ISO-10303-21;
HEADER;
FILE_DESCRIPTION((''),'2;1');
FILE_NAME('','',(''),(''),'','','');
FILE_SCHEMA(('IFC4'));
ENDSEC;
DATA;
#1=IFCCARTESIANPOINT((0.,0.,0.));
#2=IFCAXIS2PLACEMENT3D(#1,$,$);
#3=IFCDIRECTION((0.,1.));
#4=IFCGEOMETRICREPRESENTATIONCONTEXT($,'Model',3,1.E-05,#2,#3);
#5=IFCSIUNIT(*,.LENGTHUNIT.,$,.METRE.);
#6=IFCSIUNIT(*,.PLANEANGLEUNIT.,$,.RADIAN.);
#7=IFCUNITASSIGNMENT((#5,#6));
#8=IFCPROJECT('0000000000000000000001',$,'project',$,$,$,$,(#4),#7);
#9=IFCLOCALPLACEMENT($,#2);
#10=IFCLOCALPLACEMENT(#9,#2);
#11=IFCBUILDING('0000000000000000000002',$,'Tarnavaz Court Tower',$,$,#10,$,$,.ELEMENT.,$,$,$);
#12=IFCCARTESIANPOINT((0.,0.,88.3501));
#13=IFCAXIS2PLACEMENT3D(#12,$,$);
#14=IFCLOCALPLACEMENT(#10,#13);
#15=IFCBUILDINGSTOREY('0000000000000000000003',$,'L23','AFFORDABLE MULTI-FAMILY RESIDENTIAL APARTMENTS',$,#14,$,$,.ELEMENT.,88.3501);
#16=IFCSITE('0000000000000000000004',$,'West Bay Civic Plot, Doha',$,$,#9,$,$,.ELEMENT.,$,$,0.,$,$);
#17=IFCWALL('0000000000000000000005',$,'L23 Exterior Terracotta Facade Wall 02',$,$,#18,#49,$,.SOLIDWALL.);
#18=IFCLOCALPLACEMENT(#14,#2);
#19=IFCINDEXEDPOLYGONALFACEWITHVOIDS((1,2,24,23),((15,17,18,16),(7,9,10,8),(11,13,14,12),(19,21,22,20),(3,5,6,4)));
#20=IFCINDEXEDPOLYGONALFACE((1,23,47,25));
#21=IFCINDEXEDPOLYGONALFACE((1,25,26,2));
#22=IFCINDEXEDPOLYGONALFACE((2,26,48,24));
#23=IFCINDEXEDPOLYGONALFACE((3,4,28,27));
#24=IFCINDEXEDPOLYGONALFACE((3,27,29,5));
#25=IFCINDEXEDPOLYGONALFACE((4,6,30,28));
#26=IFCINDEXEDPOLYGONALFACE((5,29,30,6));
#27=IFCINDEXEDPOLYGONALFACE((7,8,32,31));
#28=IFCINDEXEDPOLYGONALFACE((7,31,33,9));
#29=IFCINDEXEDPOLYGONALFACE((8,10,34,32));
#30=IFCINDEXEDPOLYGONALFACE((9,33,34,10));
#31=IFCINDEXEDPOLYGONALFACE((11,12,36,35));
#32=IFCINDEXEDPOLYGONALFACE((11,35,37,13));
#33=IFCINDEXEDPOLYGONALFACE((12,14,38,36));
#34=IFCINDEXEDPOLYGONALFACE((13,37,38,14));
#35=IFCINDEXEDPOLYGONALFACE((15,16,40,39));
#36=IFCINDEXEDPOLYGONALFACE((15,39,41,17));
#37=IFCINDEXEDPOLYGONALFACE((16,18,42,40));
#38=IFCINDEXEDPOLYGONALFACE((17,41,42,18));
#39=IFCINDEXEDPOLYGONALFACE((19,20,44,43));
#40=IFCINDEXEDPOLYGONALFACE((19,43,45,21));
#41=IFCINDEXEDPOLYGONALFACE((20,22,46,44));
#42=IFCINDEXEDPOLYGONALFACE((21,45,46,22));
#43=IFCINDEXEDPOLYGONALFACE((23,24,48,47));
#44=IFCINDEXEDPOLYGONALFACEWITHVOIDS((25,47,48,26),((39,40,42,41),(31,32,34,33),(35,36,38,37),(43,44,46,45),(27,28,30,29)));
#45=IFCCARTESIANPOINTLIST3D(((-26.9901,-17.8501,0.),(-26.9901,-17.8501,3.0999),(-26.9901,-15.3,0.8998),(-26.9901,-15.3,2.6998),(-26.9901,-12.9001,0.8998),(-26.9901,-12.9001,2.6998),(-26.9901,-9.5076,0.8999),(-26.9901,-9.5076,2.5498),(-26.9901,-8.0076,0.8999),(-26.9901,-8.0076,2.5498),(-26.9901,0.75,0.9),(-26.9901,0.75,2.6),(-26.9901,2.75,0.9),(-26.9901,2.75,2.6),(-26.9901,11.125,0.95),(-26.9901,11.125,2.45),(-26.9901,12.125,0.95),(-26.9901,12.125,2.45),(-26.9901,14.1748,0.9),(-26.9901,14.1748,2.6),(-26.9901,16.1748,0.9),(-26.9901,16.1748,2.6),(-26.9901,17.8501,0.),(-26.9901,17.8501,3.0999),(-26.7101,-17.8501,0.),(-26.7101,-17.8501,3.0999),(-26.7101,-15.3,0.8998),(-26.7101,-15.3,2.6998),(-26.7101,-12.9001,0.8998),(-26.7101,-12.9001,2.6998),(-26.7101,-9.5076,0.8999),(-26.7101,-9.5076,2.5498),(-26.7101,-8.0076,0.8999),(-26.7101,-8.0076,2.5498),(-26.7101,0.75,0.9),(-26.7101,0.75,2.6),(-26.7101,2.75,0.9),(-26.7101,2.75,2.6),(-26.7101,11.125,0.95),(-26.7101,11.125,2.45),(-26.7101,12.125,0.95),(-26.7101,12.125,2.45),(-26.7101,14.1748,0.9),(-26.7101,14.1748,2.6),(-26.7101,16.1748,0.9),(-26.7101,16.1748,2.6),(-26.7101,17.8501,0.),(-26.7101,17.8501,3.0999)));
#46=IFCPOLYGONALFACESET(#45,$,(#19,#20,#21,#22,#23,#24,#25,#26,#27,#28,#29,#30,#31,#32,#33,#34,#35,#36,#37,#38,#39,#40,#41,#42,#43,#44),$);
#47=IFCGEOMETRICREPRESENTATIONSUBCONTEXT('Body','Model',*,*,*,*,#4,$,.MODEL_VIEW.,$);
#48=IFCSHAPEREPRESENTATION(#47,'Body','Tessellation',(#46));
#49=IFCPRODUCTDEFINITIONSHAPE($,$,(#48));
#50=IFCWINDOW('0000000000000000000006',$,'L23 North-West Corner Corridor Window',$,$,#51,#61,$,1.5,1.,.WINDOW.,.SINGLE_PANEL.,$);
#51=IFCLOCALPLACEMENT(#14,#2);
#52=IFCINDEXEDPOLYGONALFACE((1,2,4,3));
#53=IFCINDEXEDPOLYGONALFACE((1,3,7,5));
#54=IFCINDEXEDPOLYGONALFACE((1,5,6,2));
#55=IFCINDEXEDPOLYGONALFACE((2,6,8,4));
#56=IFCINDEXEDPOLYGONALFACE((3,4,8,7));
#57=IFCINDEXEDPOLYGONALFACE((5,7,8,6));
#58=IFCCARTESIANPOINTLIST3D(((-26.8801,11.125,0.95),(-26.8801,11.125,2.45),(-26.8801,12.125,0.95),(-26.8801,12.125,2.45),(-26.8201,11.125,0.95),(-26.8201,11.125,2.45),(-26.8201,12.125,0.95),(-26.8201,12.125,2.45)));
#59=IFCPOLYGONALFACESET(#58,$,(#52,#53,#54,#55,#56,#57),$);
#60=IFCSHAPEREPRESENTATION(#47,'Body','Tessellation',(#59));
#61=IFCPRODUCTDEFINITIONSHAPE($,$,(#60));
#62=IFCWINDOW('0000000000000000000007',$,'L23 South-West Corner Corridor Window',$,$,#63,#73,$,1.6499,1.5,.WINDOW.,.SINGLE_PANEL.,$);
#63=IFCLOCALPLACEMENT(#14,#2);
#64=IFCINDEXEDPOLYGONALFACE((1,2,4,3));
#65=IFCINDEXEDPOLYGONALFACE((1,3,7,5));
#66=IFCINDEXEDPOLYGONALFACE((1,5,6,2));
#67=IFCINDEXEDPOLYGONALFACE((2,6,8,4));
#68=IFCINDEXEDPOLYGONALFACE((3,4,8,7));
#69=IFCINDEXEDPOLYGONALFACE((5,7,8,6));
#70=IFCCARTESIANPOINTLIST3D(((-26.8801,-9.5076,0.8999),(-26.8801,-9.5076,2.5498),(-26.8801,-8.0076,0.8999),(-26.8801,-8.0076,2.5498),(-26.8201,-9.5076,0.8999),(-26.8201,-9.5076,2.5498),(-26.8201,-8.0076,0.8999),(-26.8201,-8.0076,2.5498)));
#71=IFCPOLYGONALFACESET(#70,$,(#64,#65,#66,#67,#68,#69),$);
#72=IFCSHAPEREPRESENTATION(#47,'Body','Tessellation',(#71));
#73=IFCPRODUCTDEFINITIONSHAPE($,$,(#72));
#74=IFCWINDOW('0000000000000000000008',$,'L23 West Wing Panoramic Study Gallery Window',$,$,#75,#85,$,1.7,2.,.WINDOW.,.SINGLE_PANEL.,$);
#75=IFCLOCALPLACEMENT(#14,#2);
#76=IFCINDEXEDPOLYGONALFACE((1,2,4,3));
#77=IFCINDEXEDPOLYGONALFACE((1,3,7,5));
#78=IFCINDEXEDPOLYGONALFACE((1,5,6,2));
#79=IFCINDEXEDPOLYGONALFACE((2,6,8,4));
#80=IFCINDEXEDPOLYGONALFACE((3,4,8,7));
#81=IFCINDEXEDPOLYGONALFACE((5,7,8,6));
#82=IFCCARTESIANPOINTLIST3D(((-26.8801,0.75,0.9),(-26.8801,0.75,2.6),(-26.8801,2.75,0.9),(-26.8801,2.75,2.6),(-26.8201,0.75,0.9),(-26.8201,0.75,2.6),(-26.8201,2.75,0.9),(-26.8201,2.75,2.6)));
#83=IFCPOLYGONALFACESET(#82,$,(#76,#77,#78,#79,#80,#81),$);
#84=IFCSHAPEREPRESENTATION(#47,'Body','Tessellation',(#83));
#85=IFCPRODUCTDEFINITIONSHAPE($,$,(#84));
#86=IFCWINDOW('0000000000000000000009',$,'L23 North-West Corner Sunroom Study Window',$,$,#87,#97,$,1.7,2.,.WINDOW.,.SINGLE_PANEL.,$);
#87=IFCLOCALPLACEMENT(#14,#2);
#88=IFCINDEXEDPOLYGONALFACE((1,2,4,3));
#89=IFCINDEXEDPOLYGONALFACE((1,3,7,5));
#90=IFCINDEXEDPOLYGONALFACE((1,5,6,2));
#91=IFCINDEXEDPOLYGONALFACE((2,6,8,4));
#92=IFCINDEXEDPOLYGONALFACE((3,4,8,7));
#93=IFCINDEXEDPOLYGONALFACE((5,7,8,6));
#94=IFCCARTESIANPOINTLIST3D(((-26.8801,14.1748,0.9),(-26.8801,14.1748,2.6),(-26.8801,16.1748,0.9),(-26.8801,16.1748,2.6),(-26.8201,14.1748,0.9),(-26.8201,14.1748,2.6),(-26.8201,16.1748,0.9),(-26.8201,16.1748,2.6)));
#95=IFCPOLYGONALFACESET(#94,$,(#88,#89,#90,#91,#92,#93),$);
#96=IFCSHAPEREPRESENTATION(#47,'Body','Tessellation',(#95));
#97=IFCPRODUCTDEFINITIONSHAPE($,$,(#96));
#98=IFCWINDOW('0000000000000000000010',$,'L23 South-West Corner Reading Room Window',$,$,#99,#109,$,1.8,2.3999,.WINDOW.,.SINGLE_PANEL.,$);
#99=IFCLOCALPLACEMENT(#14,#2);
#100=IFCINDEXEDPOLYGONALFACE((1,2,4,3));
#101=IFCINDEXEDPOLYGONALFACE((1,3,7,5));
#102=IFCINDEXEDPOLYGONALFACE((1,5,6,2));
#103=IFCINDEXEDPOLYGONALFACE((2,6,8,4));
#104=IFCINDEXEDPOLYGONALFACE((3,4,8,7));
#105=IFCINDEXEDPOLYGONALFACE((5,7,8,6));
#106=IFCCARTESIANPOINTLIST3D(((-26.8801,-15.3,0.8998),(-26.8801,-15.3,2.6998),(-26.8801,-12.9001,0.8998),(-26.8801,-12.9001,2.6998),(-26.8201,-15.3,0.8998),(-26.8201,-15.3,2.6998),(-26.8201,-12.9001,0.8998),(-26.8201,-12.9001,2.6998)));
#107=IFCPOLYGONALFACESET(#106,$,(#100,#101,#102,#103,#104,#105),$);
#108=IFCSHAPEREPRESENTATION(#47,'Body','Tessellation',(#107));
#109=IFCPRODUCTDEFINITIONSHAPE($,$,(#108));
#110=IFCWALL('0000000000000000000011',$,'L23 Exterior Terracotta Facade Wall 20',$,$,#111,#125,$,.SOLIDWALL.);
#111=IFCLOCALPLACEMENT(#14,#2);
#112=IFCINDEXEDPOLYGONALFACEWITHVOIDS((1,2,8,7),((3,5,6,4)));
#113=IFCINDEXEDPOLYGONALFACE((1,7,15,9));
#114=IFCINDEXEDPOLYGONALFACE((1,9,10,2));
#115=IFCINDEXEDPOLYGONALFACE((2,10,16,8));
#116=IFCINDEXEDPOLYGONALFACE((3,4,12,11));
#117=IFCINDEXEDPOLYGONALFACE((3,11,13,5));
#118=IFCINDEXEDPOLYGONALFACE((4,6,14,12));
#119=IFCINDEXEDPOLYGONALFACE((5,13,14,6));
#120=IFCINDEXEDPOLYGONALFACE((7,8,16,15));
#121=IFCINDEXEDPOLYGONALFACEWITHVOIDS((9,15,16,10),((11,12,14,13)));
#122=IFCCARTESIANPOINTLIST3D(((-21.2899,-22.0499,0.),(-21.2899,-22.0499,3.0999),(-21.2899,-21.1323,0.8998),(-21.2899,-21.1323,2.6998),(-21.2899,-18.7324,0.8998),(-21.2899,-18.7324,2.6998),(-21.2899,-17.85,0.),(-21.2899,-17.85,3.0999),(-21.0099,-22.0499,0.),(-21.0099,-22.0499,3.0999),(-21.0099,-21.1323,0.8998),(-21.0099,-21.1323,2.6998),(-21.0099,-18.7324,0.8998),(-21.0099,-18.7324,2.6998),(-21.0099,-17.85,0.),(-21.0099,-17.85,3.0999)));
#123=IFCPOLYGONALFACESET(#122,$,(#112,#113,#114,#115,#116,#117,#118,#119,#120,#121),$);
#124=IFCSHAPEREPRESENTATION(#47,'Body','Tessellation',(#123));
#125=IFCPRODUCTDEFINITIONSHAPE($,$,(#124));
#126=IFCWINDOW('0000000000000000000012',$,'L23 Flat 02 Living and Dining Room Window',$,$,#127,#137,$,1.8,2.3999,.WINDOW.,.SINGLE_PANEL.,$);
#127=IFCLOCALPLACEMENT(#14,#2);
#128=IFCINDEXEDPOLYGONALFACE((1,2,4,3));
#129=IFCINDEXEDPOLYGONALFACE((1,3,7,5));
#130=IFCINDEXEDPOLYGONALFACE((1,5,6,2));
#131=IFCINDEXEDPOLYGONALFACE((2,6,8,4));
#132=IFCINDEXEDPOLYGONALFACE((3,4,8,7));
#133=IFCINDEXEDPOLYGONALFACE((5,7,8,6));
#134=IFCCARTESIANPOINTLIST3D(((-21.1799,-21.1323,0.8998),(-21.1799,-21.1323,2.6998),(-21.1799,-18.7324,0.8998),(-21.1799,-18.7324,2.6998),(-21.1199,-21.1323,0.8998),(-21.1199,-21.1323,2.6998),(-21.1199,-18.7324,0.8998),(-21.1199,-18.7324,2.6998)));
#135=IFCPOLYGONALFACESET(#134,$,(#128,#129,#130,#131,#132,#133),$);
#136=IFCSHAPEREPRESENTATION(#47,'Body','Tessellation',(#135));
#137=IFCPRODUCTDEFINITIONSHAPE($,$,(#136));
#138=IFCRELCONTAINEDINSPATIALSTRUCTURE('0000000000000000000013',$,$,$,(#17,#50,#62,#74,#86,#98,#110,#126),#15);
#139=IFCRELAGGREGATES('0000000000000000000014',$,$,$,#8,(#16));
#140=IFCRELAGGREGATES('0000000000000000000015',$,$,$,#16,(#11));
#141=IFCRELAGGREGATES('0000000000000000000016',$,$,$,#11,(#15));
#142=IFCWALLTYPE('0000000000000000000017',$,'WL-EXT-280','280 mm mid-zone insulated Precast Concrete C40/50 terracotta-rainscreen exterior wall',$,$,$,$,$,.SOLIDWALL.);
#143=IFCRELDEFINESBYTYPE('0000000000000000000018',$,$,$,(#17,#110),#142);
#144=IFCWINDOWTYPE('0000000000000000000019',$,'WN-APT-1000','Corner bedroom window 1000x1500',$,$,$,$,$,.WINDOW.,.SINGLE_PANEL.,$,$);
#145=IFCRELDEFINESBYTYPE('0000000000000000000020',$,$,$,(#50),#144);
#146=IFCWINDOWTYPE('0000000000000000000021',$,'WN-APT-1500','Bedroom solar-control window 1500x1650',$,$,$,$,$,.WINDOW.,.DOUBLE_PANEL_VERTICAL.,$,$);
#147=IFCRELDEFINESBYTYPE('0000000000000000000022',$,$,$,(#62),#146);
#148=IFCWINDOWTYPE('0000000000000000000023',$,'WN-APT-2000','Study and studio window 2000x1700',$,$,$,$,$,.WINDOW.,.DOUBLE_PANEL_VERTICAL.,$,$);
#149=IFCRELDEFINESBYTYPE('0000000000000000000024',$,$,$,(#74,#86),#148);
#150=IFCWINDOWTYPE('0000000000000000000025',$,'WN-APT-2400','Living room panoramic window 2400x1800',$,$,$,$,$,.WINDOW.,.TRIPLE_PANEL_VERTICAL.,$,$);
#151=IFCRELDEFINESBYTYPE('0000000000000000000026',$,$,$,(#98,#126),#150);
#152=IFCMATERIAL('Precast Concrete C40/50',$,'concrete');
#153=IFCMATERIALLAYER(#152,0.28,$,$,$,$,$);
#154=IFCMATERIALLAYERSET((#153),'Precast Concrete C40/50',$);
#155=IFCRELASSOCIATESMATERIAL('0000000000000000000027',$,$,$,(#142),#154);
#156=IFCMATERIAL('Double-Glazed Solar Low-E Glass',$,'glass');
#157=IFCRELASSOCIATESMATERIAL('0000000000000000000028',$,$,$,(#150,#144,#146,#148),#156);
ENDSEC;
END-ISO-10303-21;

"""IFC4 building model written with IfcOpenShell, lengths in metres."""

from ifc_helpers import new_model, si_unit, direction, frame, frame_2d, origin, place, context, subcontext, project, spatial, rectangle, extrude, material, layer, layer_set, type_object, element, fill, save


model = new_model("IFC4")

# Units and contexts
model_context = context("Model", 3, precision=1e-05, world=origin(), true_north=direction((0.0, 1.0)))
body_context = subcontext(model_context, "Body", "Model", "MODEL_VIEW")
ifc_project = project(units=[si_unit("LENGTHUNIT", "METRE"), si_unit("PLANEANGLEUNIT", "RADIAN")], contexts=[model_context])

# Site, building, storey
site_placement = place(None, origin())
site = spatial("IfcSite", under=ifc_project, at=site_placement, Name="West Bay Civic Plot, Doha", CompositionType="ELEMENT", RefElevation=0.0)
building_placement = place(site_placement, origin())
building = spatial("IfcBuilding", under=site, at=building_placement, Name="Tarnavaz Court Tower", CompositionType="ELEMENT")
storey_placement = place(building_placement, frame((0.0, 0.0, 88.3501)))
storey = spatial("IfcBuildingStorey", under=building, at=storey_placement, Name="L23", Description="AFFORDABLE MULTI-FAMILY RESIDENTIAL APARTMENTS", CompositionType="ELEMENT", Elevation=88.3501)

# Shared definitions
ifc_material_1 = material(Name="Precast Concrete C40/50", Category="concrete")
ifc_layer_1 = layer(ifc_material_1, 0.28)
ifc_layer_set_1 = layer_set([ifc_layer_1], Name="Precast Concrete C40/50")
wall_type_1 = type_object("IfcWallType", Name="WL-EXT-280", Description="280 mm mid-zone insulated Precast Concrete C40/50 terracotta-rainscreen exterior wall", PredefinedType="SOLIDWALL", material=ifc_layer_set_1)
ifc_material_2 = material(Name="Double-Glazed Solar Low-E Glass", Category="glass")
window_type_1 = type_object("IfcWindowType", Name="WN-APT-2400", Description="Living room panoramic window 2400x1800", PartitioningType="TRIPLE_PANEL_VERTICAL", PredefinedType="WINDOW", material=ifc_material_2)

# Wall, openings, windows
wall_1_placement = place(storey_placement, frame((-26.8501, -17.8501, 0.0), z_axis=(0.0, 0.0, 1.0), x_axis=(0.0, 1.0, 0.0)))
wall_1 = element("IfcWall", 1, at=wall_1_placement, inside=storey, type_object=wall_type_1, Name="L23 Exterior Terracotta Facade Wall 02", PredefinedType="SOLIDWALL", context=body_context, shape_type="SweptSolid", body=[
    extrude(rectangle(XDim=35.7002, YDim=0.28, at=frame_2d((17.8501, 0.0))), origin(), (0.0, 0.0, 1.0), 3.0999),
])
opening_1_placement = place(wall_1_placement, frame((2.55, 0.0, 0.8999)))
opening_1 = element("IfcOpeningElement", 2, at=opening_1_placement, cuts=wall_1, PredefinedType="OPENING", context=body_context, shape_type="SweptSolid", body=[
    extrude(rectangle(XDim=2.3999, YDim=1.8, at=frame_2d((1.2, 0.8999))), frame((0.0, 0.1499, 0.0), z_axis=(0.0, -1.0, 0.0), x_axis=(1.0, 0.0, 0.0)), (0.0, 0.0, 1.0), 0.3),
])
opening_2_placement = place(wall_1_placement, frame((8.3425, 0.0, 0.8999)))
opening_2 = element("IfcOpeningElement", 3, at=opening_2_placement, cuts=wall_1, PredefinedType="OPENING", context=body_context, shape_type="SweptSolid", body=[
    extrude(rectangle(XDim=1.5, YDim=1.6499, at=frame_2d((0.75, 0.825))), frame((0.0, 0.1499, 0.0), z_axis=(0.0, -1.0, 0.0), x_axis=(1.0, 0.0, 0.0)), (0.0, 0.0, 1.0), 0.3),
])
opening_3_placement = place(wall_1_placement, frame((18.6001, 0.0, 0.8999)))
opening_3 = element("IfcOpeningElement", 4, at=opening_3_placement, cuts=wall_1, PredefinedType="OPENING", context=body_context, shape_type="SweptSolid", body=[
    extrude(rectangle(XDim=2.0, YDim=1.7, at=frame_2d((1.0, 0.8501))), frame((0.0, 0.1499, 0.0), z_axis=(0.0, -1.0, 0.0), x_axis=(1.0, 0.0, 0.0)), (0.0, 0.0, 1.0), 0.3),
])
opening_4_placement = place(wall_1_placement, frame((28.9751, 0.0, 0.95)))
opening_4 = element("IfcOpeningElement", 5, at=opening_4_placement, cuts=wall_1, PredefinedType="OPENING", context=body_context, shape_type="SweptSolid", body=[
    extrude(rectangle(XDim=1.0, YDim=1.5, at=frame_2d((0.5, 0.75))), frame((0.0, 0.1499, 0.0), z_axis=(0.0, -1.0, 0.0), x_axis=(1.0, 0.0, 0.0)), (0.0, 0.0, 1.0), 0.3),
])
opening_5_placement = place(wall_1_placement, frame((32.0249, 0.0, 0.8999)))
opening_5 = element("IfcOpeningElement", 6, at=opening_5_placement, cuts=wall_1, PredefinedType="OPENING", context=body_context, shape_type="SweptSolid", body=[
    extrude(rectangle(XDim=2.0, YDim=1.7, at=frame_2d((1.0, 0.8501))), frame((0.0, 0.1499, 0.0), z_axis=(0.0, -1.0, 0.0), x_axis=(1.0, 0.0, 0.0)), (0.0, 0.0, 1.0), 0.3),
])
window_type_2 = type_object("IfcWindowType", Name="WN-APT-1000", Description="Corner bedroom window 1000x1500", PartitioningType="SINGLE_PANEL", PredefinedType="WINDOW", material=ifc_material_2)
window_1_placement = place(opening_4_placement, origin())
window_1 = element("IfcWindow", 7, at=window_1_placement, inside=storey, type_object=window_type_2, Name="L23 North-West Corner Corridor Window", OverallHeight=1.5, OverallWidth=1.0, PartitioningType="SINGLE_PANEL", PredefinedType="WINDOW", context=body_context, shape_type="SweptSolid", body=[
    extrude(rectangle(XDim=1.0, YDim=1.5, at=frame_2d((0.5, 0.75))), frame((0.0, 0.03, 0.0), z_axis=(0.0, -1.0, 0.0), x_axis=(1.0, 0.0, 0.0)), (0.0, 0.0, 1.0), 0.0601),
])
fill(opening_4, window_1)
window_type_3 = type_object("IfcWindowType", Name="WN-APT-1500", Description="Bedroom solar-control window 1500x1650", PartitioningType="DOUBLE_PANEL_VERTICAL", PredefinedType="WINDOW", material=ifc_material_2)
window_2_placement = place(opening_2_placement, origin())
window_2 = element("IfcWindow", 8, at=window_2_placement, inside=storey, type_object=window_type_3, Name="L23 South-West Corner Corridor Window", OverallHeight=1.6499, OverallWidth=1.5, PartitioningType="SINGLE_PANEL", PredefinedType="WINDOW", context=body_context, shape_type="SweptSolid", body=[
    extrude(rectangle(XDim=1.5, YDim=1.6499, at=frame_2d((0.75, 0.825))), frame((0.0, 0.03, 0.0), z_axis=(0.0, -1.0, 0.0), x_axis=(1.0, 0.0, 0.0)), (0.0, 0.0, 1.0), 0.0601),
])
fill(opening_2, window_2)
window_type_4 = type_object("IfcWindowType", Name="WN-APT-2000", Description="Study and studio window 2000x1700", PartitioningType="DOUBLE_PANEL_VERTICAL", PredefinedType="WINDOW", material=ifc_material_2)
window_3_placement = place(opening_3_placement, origin())
window_3 = element("IfcWindow", 9, at=window_3_placement, inside=storey, type_object=window_type_4, Name="L23 West Wing Panoramic Study Gallery Window", OverallHeight=1.7, OverallWidth=2.0, PartitioningType="SINGLE_PANEL", PredefinedType="WINDOW", context=body_context, shape_type="SweptSolid", body=[
    extrude(rectangle(XDim=2.0, YDim=1.7, at=frame_2d((1.0, 0.8501))), frame((0.0, 0.03, 0.0), z_axis=(0.0, -1.0, 0.0), x_axis=(1.0, 0.0, 0.0)), (0.0, 0.0, 1.0), 0.0601),
])
fill(opening_3, window_3)
window_4_placement = place(opening_5_placement, origin())
window_4 = element("IfcWindow", 10, at=window_4_placement, inside=storey, type_object=window_type_4, Name="L23 North-West Corner Sunroom Study Window", OverallHeight=1.7, OverallWidth=2.0, PartitioningType="SINGLE_PANEL", PredefinedType="WINDOW", context=body_context, shape_type="SweptSolid", body=[
    extrude(rectangle(XDim=2.0, YDim=1.7, at=frame_2d((1.0, 0.8501))), frame((0.0, 0.03, 0.0), z_axis=(0.0, -1.0, 0.0), x_axis=(1.0, 0.0, 0.0)), (0.0, 0.0, 1.0), 0.0601),
])
fill(opening_5, window_4)
window_5_placement = place(opening_1_placement, origin())
window_5 = element("IfcWindow", 11, at=window_5_placement, inside=storey, type_object=window_type_1, Name="L23 South-West Corner Reading Room Window", OverallHeight=1.8, OverallWidth=2.3999, PartitioningType="SINGLE_PANEL", PredefinedType="WINDOW", context=body_context, shape_type="SweptSolid", body=[
    extrude(rectangle(XDim=2.3999, YDim=1.8, at=frame_2d((1.2, 0.8999))), frame((0.0, 0.03, 0.0), z_axis=(0.0, -1.0, 0.0), x_axis=(1.0, 0.0, 0.0)), (0.0, 0.0, 1.0), 0.0601),
])
fill(opening_1, window_5)

# Wall, opening, window
wall_2_placement = place(storey_placement, frame((-21.1499, -22.05, 0.0), z_axis=(0.0, 0.0, 1.0), x_axis=(0.0, 1.0, 0.0)))
wall_2 = element("IfcWall", 12, at=wall_2_placement, inside=storey, type_object=wall_type_1, Name="L23 Exterior Terracotta Facade Wall 20", PredefinedType="SOLIDWALL", context=body_context, shape_type="SweptSolid", body=[
    extrude(rectangle(XDim=4.2, YDim=0.28, at=frame_2d((2.1001, 0.0))), origin(), (0.0, 0.0, 1.0), 3.0999),
])
opening_6_placement = place(wall_2_placement, frame((0.9177, 0.0, 0.8999)))
opening_6 = element("IfcOpeningElement", 13, at=opening_6_placement, cuts=wall_2, PredefinedType="OPENING", context=body_context, shape_type="SweptSolid", body=[
    extrude(rectangle(XDim=2.3999, YDim=1.8, at=frame_2d((1.2, 0.8999))), frame((0.0, 0.1499, 0.0), z_axis=(0.0, -1.0, 0.0), x_axis=(1.0, 0.0, 0.0)), (0.0, 0.0, 1.0), 0.3),
])
window_6_placement = place(opening_6_placement, origin())
window_6 = element("IfcWindow", 14, at=window_6_placement, inside=storey, type_object=window_type_1, Name="L23 Flat 02 Living and Dining Room Window", OverallHeight=1.8, OverallWidth=2.3999, PartitioningType="SINGLE_PANEL", PredefinedType="WINDOW", context=body_context, shape_type="SweptSolid", body=[
    extrude(rectangle(XDim=2.3999, YDim=1.8, at=frame_2d((1.2, 0.8999))), frame((0.0, 0.03, 0.0), z_axis=(0.0, -1.0, 0.0), x_axis=(1.0, 0.0, 0.0)), (0.0, 0.0, 1.0), 0.0601),
])
fill(opening_6, window_6)

save(model, "model.ifc")
